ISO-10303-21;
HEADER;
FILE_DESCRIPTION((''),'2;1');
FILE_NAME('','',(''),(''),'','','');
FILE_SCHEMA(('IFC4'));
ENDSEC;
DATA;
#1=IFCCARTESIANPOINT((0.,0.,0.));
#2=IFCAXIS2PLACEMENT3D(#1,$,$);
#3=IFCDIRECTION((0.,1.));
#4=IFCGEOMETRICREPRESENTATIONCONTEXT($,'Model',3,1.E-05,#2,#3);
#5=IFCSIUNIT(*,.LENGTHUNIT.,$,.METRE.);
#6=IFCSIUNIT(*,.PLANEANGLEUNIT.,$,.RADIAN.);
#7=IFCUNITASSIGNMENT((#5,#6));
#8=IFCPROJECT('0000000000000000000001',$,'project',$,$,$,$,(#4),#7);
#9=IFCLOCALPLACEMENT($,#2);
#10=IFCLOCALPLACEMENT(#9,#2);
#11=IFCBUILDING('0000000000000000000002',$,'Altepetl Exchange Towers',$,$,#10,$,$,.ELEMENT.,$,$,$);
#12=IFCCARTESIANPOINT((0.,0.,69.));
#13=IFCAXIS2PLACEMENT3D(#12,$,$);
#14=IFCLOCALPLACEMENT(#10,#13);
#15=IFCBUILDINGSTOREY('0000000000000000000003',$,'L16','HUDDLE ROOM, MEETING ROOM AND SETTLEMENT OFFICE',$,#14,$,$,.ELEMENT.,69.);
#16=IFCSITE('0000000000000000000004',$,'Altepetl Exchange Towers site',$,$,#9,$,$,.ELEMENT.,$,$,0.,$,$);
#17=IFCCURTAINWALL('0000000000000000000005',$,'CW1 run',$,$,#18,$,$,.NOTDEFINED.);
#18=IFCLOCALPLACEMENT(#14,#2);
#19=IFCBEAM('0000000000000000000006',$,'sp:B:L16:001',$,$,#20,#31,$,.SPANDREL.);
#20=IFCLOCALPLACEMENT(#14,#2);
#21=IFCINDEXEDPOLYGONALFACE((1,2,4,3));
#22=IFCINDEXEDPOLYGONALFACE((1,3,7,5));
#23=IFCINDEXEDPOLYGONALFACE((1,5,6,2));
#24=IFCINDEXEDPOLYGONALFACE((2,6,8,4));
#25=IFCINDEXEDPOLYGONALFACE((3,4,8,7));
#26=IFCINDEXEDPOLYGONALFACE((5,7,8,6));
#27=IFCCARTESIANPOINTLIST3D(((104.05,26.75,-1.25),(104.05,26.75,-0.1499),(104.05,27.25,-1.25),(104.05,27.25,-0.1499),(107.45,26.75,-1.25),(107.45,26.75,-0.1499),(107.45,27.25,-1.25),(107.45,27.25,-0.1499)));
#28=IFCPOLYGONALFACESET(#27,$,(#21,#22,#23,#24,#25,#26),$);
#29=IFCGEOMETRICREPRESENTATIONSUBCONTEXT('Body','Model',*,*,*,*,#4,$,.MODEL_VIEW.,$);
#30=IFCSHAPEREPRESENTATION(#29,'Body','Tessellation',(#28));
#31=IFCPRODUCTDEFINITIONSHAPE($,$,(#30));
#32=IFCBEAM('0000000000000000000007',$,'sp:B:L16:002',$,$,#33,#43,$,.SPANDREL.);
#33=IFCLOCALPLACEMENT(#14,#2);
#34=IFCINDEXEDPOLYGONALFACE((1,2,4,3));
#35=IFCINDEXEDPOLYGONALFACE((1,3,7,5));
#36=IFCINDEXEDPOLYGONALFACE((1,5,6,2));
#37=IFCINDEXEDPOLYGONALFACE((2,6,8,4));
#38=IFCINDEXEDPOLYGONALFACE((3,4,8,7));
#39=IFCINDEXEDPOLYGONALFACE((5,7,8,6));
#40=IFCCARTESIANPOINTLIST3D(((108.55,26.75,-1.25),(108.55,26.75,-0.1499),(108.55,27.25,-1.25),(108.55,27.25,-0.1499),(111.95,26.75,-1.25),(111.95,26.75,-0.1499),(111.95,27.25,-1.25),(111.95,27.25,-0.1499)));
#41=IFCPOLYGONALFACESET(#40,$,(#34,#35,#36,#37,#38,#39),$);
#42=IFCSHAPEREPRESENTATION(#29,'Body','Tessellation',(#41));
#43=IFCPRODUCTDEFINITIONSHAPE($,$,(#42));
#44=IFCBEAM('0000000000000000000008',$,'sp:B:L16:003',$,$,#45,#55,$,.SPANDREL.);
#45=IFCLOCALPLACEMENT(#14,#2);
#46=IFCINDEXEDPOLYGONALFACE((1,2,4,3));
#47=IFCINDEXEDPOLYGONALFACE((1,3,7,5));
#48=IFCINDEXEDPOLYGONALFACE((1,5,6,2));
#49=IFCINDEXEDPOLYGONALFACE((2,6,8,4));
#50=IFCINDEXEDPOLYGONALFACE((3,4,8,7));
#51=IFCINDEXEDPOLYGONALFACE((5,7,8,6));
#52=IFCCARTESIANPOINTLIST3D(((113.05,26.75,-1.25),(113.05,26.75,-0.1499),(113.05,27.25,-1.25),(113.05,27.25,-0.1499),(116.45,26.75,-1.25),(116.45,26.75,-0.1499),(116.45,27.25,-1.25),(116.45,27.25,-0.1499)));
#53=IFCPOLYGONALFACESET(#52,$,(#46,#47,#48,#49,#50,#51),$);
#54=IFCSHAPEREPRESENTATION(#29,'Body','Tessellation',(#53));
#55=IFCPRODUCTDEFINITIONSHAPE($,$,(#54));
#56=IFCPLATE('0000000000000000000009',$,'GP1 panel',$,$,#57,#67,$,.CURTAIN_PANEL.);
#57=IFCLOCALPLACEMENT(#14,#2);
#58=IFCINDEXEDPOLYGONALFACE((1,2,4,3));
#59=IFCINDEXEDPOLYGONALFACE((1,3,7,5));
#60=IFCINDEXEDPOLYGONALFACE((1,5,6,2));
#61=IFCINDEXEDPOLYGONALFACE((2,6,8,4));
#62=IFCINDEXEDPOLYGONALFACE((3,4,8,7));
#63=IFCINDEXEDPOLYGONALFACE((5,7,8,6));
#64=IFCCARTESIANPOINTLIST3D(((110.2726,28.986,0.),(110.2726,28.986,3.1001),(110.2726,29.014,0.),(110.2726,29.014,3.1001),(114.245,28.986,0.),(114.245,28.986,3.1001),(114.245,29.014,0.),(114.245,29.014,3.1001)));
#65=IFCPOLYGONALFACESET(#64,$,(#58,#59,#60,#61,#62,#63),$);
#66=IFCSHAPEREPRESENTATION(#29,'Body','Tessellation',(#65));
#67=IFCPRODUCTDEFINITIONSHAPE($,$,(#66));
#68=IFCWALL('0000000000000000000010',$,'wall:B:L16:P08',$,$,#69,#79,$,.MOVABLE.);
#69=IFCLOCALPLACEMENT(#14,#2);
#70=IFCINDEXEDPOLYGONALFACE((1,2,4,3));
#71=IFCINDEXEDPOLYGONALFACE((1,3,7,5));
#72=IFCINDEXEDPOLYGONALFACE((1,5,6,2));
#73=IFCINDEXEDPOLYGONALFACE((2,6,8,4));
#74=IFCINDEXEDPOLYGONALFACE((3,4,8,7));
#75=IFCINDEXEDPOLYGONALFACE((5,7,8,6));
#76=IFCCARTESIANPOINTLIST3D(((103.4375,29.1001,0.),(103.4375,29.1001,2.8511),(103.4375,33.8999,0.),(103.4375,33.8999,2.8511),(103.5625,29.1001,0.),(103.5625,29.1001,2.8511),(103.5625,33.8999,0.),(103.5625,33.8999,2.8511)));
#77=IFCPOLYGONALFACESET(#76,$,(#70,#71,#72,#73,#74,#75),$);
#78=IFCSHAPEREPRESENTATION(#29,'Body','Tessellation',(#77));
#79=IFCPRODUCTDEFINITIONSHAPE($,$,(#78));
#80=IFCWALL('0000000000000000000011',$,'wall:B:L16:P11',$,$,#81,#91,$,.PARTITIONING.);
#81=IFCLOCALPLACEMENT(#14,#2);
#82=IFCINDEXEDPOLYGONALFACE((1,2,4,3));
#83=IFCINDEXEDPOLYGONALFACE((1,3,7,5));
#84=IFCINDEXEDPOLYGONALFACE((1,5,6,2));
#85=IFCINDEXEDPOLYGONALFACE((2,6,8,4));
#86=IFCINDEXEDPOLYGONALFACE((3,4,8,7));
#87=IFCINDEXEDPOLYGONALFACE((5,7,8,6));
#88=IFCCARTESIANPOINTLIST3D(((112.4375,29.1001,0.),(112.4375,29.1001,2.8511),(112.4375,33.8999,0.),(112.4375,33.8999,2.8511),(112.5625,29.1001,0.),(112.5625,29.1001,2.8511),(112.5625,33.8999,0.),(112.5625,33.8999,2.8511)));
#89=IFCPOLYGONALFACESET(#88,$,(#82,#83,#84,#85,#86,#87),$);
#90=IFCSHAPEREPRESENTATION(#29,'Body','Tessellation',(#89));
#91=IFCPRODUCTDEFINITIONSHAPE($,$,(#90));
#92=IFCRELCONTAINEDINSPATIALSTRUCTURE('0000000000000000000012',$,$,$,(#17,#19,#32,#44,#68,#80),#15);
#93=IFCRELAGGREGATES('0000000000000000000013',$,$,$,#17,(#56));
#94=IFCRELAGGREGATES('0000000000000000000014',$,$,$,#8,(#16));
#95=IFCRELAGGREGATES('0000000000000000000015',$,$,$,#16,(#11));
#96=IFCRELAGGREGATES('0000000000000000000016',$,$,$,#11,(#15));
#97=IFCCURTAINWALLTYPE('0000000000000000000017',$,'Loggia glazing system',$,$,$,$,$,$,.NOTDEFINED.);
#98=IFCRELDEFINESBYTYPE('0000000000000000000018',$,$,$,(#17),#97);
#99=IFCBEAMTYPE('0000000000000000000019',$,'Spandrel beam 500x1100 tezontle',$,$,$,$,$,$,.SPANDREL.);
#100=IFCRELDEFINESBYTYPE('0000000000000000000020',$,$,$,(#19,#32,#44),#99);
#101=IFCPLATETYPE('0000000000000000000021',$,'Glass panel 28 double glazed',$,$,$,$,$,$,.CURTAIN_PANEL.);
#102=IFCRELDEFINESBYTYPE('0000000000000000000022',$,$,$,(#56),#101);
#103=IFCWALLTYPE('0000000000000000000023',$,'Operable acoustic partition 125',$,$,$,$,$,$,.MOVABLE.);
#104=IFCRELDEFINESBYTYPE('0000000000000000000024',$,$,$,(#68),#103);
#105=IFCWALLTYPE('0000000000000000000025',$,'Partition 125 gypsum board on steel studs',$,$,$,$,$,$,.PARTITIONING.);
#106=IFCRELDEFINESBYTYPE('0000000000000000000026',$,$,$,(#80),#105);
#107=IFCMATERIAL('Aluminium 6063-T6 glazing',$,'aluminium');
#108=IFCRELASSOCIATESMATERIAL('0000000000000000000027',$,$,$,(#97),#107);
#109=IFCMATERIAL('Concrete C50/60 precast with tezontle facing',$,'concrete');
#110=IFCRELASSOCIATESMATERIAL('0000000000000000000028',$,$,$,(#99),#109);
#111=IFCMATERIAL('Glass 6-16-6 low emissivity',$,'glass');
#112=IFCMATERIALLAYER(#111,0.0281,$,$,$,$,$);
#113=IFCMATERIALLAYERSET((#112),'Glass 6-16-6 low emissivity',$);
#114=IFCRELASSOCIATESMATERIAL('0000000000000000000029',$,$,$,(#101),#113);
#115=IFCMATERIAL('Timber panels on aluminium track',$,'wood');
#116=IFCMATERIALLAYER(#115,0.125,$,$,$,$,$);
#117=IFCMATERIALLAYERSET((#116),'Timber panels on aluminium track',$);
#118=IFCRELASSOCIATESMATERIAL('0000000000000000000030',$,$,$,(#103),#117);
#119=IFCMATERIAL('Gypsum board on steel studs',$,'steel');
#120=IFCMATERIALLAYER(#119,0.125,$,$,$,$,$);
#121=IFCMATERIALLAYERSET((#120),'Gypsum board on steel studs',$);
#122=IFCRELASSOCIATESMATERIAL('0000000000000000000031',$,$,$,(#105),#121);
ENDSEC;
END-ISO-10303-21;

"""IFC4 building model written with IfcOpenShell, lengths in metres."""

from ifc_helpers import new_model, si_unit, direction, frame, frame_2d, origin, origin_2d, place, context, subcontext, project, spatial, rectangle, extrude, material, layer, layer_set, material_profile, profile_set, type_object, element, aggregate, save


model = new_model("IFC4")

# Units and contexts
model_context = context("Model", 3, precision=1e-05, world=origin(), true_north=direction((0.0, 1.0)))
body_context = subcontext(model_context, "Body", "Model", "MODEL_VIEW")
ifc_project = project(units=[si_unit("LENGTHUNIT", "METRE"), si_unit("PLANEANGLEUNIT", "RADIAN")], contexts=[model_context])

# Site, building, storey
site_placement = place(None, origin())
site = spatial("IfcSite", under=ifc_project, at=site_placement, Name="Altepetl Exchange Towers site", CompositionType="ELEMENT", RefElevation=0.0)
building_placement = place(site_placement, origin())
building = spatial("IfcBuilding", under=site, at=building_placement, Name="Altepetl Exchange Towers", CompositionType="ELEMENT")
storey_placement = place(building_placement, frame((0.0, 0.0, 69.0)))
storey = spatial("IfcBuildingStorey", under=building, at=storey_placement, Name="L16", Description="HUDDLE ROOM, MEETING ROOM AND SETTLEMENT OFFICE", CompositionType="ELEMENT", Elevation=69.0)

# Shared definitions
ifc_material_1 = material(Name="Aluminium 6063-T6 glazing", Category="aluminium")
curtain_wall_type = type_object("IfcCurtainWallType", Name="Loggia glazing system", PredefinedType="NOTDEFINED", material=ifc_material_1)

# Curtain wall
curtain_wall_1_placement = place(storey_placement, origin())
curtain_wall_1 = element("IfcCurtainWall", 1, at=curtain_wall_1_placement, inside=storey, type_object=curtain_wall_type, Name="CW1 run", PredefinedType="NOTDEFINED")

# Beams
ifc_material_2 = material(Name="Concrete C50/60 precast with tezontle facing", Category="concrete")
ifc_material_profile_1 = material_profile(ifc_material_2, rectangle(XDim=0.5, YDim=1.1001, at=origin_2d()), Name="500 x 1100")
ifc_profile_set_1 = profile_set([ifc_material_profile_1], Name="Concrete C50/60 precast with tezontle facing")
beam_type_1 = type_object("IfcBeamType", Name="Spandrel beam 500x1100 tezontle", PredefinedType="SPANDREL", material=ifc_profile_set_1)
for number, where, z_axis, x_axis, name in (
    (2, (104.05, 27.0, -0.7), (1.0, 0.0, 0.0), (0.0, 1.0, 0.0), "sp:B:L16:001"),
    (3, (108.55, 27.0, -0.7), (1.0, 0.0, 0.0), (0.0, 1.0, 0.0), "sp:B:L16:002"),
    (4, (113.05, 27.0, -0.7), (1.0, 0.0, 0.0), (0.0, 1.0, 0.0), "sp:B:L16:003"),
):
    element("IfcBeam", number, at=place(storey_placement, frame(where, z_axis=z_axis, x_axis=x_axis)), inside=storey, type_object=beam_type_1, Name=name, PredefinedType="SPANDREL", context=body_context, shape_type="SweptSolid", body=[
        extrude(rectangle(XDim=0.5, YDim=1.1001, at=origin_2d()), origin(), (0.0, 0.0, 1.0), 3.3999),
    ])

# Plate
ifc_material_3 = material(Name="Glass 6-16-6 low emissivity", Category="glass")
ifc_layer_1 = layer(ifc_material_3, 0.0281)
ifc_layer_set_1 = layer_set([ifc_layer_1], Name="Glass 6-16-6 low emissivity")
plate_type = type_object("IfcPlateType", Name="Glass panel 28 double glazed", PredefinedType="CURTAIN_PANEL", material=ifc_layer_set_1)
plate_placement = place(storey_placement, frame((112.2588, 29.0, 0.0)))
plate = element("IfcPlate", 5, at=plate_placement, type_object=plate_type, Name="GP1 panel", PredefinedType="CURTAIN_PANEL", context=body_context, shape_type="SweptSolid", body=[
    extrude(rectangle(XDim=3.9724, YDim=0.0281, at=origin_2d()), origin(), (0.0, 0.0, 1.0), 3.1001),
])
aggregate(curtain_wall_1, [plate])

# Walls
ifc_material_4 = material(Name="Timber panels on aluminium track", Category="wood")
ifc_layer_2 = layer(ifc_material_4, 0.125)
ifc_layer_set_2 = layer_set([ifc_layer_2], Name="Timber panels on aluminium track")
wall_type_1 = type_object("IfcWallType", Name="Operable acoustic partition 125", PredefinedType="MOVABLE", material=ifc_layer_set_2)
wall_1_placement = place(storey_placement, frame((103.5, 29.1001, 0.0), z_axis=(0.0, 0.0, 1.0), x_axis=(0.0, 1.0, 0.0)))
element("IfcWall", 6, at=wall_1_placement, inside=storey, type_object=wall_type_1, Name="wall:B:L16:P08", PredefinedType="MOVABLE", context=body_context, shape_type="SweptSolid", body=[
    extrude(rectangle(XDim=4.7998, YDim=0.125, at=frame_2d((2.3999, 0.0))), origin(), (0.0, 0.0, 1.0), 2.8511),
])
ifc_material_5 = material(Name="Gypsum board on steel studs", Category="steel")
ifc_layer_3 = layer(ifc_material_5, 0.125)
ifc_layer_set_3 = layer_set([ifc_layer_3], Name="Gypsum board on steel studs")
wall_type_2 = type_object("IfcWallType", Name="Partition 125 gypsum board on steel studs", PredefinedType="PARTITIONING", material=ifc_layer_set_3)
wall_2_placement = place(storey_placement, frame((112.5, 29.1001, 0.0), z_axis=(0.0, 0.0, 1.0), x_axis=(0.0, 1.0, 0.0)))
element("IfcWall", 7, at=wall_2_placement, inside=storey, type_object=wall_type_2, Name="wall:B:L16:P11", PredefinedType="PARTITIONING", context=body_context, shape_type="SweptSolid", body=[
    extrude(rectangle(XDim=4.7998, YDim=0.125, at=frame_2d((2.3999, 0.0))), origin(), (0.0, 0.0, 1.0), 2.8511),
])

save(model, "model.ifc")
